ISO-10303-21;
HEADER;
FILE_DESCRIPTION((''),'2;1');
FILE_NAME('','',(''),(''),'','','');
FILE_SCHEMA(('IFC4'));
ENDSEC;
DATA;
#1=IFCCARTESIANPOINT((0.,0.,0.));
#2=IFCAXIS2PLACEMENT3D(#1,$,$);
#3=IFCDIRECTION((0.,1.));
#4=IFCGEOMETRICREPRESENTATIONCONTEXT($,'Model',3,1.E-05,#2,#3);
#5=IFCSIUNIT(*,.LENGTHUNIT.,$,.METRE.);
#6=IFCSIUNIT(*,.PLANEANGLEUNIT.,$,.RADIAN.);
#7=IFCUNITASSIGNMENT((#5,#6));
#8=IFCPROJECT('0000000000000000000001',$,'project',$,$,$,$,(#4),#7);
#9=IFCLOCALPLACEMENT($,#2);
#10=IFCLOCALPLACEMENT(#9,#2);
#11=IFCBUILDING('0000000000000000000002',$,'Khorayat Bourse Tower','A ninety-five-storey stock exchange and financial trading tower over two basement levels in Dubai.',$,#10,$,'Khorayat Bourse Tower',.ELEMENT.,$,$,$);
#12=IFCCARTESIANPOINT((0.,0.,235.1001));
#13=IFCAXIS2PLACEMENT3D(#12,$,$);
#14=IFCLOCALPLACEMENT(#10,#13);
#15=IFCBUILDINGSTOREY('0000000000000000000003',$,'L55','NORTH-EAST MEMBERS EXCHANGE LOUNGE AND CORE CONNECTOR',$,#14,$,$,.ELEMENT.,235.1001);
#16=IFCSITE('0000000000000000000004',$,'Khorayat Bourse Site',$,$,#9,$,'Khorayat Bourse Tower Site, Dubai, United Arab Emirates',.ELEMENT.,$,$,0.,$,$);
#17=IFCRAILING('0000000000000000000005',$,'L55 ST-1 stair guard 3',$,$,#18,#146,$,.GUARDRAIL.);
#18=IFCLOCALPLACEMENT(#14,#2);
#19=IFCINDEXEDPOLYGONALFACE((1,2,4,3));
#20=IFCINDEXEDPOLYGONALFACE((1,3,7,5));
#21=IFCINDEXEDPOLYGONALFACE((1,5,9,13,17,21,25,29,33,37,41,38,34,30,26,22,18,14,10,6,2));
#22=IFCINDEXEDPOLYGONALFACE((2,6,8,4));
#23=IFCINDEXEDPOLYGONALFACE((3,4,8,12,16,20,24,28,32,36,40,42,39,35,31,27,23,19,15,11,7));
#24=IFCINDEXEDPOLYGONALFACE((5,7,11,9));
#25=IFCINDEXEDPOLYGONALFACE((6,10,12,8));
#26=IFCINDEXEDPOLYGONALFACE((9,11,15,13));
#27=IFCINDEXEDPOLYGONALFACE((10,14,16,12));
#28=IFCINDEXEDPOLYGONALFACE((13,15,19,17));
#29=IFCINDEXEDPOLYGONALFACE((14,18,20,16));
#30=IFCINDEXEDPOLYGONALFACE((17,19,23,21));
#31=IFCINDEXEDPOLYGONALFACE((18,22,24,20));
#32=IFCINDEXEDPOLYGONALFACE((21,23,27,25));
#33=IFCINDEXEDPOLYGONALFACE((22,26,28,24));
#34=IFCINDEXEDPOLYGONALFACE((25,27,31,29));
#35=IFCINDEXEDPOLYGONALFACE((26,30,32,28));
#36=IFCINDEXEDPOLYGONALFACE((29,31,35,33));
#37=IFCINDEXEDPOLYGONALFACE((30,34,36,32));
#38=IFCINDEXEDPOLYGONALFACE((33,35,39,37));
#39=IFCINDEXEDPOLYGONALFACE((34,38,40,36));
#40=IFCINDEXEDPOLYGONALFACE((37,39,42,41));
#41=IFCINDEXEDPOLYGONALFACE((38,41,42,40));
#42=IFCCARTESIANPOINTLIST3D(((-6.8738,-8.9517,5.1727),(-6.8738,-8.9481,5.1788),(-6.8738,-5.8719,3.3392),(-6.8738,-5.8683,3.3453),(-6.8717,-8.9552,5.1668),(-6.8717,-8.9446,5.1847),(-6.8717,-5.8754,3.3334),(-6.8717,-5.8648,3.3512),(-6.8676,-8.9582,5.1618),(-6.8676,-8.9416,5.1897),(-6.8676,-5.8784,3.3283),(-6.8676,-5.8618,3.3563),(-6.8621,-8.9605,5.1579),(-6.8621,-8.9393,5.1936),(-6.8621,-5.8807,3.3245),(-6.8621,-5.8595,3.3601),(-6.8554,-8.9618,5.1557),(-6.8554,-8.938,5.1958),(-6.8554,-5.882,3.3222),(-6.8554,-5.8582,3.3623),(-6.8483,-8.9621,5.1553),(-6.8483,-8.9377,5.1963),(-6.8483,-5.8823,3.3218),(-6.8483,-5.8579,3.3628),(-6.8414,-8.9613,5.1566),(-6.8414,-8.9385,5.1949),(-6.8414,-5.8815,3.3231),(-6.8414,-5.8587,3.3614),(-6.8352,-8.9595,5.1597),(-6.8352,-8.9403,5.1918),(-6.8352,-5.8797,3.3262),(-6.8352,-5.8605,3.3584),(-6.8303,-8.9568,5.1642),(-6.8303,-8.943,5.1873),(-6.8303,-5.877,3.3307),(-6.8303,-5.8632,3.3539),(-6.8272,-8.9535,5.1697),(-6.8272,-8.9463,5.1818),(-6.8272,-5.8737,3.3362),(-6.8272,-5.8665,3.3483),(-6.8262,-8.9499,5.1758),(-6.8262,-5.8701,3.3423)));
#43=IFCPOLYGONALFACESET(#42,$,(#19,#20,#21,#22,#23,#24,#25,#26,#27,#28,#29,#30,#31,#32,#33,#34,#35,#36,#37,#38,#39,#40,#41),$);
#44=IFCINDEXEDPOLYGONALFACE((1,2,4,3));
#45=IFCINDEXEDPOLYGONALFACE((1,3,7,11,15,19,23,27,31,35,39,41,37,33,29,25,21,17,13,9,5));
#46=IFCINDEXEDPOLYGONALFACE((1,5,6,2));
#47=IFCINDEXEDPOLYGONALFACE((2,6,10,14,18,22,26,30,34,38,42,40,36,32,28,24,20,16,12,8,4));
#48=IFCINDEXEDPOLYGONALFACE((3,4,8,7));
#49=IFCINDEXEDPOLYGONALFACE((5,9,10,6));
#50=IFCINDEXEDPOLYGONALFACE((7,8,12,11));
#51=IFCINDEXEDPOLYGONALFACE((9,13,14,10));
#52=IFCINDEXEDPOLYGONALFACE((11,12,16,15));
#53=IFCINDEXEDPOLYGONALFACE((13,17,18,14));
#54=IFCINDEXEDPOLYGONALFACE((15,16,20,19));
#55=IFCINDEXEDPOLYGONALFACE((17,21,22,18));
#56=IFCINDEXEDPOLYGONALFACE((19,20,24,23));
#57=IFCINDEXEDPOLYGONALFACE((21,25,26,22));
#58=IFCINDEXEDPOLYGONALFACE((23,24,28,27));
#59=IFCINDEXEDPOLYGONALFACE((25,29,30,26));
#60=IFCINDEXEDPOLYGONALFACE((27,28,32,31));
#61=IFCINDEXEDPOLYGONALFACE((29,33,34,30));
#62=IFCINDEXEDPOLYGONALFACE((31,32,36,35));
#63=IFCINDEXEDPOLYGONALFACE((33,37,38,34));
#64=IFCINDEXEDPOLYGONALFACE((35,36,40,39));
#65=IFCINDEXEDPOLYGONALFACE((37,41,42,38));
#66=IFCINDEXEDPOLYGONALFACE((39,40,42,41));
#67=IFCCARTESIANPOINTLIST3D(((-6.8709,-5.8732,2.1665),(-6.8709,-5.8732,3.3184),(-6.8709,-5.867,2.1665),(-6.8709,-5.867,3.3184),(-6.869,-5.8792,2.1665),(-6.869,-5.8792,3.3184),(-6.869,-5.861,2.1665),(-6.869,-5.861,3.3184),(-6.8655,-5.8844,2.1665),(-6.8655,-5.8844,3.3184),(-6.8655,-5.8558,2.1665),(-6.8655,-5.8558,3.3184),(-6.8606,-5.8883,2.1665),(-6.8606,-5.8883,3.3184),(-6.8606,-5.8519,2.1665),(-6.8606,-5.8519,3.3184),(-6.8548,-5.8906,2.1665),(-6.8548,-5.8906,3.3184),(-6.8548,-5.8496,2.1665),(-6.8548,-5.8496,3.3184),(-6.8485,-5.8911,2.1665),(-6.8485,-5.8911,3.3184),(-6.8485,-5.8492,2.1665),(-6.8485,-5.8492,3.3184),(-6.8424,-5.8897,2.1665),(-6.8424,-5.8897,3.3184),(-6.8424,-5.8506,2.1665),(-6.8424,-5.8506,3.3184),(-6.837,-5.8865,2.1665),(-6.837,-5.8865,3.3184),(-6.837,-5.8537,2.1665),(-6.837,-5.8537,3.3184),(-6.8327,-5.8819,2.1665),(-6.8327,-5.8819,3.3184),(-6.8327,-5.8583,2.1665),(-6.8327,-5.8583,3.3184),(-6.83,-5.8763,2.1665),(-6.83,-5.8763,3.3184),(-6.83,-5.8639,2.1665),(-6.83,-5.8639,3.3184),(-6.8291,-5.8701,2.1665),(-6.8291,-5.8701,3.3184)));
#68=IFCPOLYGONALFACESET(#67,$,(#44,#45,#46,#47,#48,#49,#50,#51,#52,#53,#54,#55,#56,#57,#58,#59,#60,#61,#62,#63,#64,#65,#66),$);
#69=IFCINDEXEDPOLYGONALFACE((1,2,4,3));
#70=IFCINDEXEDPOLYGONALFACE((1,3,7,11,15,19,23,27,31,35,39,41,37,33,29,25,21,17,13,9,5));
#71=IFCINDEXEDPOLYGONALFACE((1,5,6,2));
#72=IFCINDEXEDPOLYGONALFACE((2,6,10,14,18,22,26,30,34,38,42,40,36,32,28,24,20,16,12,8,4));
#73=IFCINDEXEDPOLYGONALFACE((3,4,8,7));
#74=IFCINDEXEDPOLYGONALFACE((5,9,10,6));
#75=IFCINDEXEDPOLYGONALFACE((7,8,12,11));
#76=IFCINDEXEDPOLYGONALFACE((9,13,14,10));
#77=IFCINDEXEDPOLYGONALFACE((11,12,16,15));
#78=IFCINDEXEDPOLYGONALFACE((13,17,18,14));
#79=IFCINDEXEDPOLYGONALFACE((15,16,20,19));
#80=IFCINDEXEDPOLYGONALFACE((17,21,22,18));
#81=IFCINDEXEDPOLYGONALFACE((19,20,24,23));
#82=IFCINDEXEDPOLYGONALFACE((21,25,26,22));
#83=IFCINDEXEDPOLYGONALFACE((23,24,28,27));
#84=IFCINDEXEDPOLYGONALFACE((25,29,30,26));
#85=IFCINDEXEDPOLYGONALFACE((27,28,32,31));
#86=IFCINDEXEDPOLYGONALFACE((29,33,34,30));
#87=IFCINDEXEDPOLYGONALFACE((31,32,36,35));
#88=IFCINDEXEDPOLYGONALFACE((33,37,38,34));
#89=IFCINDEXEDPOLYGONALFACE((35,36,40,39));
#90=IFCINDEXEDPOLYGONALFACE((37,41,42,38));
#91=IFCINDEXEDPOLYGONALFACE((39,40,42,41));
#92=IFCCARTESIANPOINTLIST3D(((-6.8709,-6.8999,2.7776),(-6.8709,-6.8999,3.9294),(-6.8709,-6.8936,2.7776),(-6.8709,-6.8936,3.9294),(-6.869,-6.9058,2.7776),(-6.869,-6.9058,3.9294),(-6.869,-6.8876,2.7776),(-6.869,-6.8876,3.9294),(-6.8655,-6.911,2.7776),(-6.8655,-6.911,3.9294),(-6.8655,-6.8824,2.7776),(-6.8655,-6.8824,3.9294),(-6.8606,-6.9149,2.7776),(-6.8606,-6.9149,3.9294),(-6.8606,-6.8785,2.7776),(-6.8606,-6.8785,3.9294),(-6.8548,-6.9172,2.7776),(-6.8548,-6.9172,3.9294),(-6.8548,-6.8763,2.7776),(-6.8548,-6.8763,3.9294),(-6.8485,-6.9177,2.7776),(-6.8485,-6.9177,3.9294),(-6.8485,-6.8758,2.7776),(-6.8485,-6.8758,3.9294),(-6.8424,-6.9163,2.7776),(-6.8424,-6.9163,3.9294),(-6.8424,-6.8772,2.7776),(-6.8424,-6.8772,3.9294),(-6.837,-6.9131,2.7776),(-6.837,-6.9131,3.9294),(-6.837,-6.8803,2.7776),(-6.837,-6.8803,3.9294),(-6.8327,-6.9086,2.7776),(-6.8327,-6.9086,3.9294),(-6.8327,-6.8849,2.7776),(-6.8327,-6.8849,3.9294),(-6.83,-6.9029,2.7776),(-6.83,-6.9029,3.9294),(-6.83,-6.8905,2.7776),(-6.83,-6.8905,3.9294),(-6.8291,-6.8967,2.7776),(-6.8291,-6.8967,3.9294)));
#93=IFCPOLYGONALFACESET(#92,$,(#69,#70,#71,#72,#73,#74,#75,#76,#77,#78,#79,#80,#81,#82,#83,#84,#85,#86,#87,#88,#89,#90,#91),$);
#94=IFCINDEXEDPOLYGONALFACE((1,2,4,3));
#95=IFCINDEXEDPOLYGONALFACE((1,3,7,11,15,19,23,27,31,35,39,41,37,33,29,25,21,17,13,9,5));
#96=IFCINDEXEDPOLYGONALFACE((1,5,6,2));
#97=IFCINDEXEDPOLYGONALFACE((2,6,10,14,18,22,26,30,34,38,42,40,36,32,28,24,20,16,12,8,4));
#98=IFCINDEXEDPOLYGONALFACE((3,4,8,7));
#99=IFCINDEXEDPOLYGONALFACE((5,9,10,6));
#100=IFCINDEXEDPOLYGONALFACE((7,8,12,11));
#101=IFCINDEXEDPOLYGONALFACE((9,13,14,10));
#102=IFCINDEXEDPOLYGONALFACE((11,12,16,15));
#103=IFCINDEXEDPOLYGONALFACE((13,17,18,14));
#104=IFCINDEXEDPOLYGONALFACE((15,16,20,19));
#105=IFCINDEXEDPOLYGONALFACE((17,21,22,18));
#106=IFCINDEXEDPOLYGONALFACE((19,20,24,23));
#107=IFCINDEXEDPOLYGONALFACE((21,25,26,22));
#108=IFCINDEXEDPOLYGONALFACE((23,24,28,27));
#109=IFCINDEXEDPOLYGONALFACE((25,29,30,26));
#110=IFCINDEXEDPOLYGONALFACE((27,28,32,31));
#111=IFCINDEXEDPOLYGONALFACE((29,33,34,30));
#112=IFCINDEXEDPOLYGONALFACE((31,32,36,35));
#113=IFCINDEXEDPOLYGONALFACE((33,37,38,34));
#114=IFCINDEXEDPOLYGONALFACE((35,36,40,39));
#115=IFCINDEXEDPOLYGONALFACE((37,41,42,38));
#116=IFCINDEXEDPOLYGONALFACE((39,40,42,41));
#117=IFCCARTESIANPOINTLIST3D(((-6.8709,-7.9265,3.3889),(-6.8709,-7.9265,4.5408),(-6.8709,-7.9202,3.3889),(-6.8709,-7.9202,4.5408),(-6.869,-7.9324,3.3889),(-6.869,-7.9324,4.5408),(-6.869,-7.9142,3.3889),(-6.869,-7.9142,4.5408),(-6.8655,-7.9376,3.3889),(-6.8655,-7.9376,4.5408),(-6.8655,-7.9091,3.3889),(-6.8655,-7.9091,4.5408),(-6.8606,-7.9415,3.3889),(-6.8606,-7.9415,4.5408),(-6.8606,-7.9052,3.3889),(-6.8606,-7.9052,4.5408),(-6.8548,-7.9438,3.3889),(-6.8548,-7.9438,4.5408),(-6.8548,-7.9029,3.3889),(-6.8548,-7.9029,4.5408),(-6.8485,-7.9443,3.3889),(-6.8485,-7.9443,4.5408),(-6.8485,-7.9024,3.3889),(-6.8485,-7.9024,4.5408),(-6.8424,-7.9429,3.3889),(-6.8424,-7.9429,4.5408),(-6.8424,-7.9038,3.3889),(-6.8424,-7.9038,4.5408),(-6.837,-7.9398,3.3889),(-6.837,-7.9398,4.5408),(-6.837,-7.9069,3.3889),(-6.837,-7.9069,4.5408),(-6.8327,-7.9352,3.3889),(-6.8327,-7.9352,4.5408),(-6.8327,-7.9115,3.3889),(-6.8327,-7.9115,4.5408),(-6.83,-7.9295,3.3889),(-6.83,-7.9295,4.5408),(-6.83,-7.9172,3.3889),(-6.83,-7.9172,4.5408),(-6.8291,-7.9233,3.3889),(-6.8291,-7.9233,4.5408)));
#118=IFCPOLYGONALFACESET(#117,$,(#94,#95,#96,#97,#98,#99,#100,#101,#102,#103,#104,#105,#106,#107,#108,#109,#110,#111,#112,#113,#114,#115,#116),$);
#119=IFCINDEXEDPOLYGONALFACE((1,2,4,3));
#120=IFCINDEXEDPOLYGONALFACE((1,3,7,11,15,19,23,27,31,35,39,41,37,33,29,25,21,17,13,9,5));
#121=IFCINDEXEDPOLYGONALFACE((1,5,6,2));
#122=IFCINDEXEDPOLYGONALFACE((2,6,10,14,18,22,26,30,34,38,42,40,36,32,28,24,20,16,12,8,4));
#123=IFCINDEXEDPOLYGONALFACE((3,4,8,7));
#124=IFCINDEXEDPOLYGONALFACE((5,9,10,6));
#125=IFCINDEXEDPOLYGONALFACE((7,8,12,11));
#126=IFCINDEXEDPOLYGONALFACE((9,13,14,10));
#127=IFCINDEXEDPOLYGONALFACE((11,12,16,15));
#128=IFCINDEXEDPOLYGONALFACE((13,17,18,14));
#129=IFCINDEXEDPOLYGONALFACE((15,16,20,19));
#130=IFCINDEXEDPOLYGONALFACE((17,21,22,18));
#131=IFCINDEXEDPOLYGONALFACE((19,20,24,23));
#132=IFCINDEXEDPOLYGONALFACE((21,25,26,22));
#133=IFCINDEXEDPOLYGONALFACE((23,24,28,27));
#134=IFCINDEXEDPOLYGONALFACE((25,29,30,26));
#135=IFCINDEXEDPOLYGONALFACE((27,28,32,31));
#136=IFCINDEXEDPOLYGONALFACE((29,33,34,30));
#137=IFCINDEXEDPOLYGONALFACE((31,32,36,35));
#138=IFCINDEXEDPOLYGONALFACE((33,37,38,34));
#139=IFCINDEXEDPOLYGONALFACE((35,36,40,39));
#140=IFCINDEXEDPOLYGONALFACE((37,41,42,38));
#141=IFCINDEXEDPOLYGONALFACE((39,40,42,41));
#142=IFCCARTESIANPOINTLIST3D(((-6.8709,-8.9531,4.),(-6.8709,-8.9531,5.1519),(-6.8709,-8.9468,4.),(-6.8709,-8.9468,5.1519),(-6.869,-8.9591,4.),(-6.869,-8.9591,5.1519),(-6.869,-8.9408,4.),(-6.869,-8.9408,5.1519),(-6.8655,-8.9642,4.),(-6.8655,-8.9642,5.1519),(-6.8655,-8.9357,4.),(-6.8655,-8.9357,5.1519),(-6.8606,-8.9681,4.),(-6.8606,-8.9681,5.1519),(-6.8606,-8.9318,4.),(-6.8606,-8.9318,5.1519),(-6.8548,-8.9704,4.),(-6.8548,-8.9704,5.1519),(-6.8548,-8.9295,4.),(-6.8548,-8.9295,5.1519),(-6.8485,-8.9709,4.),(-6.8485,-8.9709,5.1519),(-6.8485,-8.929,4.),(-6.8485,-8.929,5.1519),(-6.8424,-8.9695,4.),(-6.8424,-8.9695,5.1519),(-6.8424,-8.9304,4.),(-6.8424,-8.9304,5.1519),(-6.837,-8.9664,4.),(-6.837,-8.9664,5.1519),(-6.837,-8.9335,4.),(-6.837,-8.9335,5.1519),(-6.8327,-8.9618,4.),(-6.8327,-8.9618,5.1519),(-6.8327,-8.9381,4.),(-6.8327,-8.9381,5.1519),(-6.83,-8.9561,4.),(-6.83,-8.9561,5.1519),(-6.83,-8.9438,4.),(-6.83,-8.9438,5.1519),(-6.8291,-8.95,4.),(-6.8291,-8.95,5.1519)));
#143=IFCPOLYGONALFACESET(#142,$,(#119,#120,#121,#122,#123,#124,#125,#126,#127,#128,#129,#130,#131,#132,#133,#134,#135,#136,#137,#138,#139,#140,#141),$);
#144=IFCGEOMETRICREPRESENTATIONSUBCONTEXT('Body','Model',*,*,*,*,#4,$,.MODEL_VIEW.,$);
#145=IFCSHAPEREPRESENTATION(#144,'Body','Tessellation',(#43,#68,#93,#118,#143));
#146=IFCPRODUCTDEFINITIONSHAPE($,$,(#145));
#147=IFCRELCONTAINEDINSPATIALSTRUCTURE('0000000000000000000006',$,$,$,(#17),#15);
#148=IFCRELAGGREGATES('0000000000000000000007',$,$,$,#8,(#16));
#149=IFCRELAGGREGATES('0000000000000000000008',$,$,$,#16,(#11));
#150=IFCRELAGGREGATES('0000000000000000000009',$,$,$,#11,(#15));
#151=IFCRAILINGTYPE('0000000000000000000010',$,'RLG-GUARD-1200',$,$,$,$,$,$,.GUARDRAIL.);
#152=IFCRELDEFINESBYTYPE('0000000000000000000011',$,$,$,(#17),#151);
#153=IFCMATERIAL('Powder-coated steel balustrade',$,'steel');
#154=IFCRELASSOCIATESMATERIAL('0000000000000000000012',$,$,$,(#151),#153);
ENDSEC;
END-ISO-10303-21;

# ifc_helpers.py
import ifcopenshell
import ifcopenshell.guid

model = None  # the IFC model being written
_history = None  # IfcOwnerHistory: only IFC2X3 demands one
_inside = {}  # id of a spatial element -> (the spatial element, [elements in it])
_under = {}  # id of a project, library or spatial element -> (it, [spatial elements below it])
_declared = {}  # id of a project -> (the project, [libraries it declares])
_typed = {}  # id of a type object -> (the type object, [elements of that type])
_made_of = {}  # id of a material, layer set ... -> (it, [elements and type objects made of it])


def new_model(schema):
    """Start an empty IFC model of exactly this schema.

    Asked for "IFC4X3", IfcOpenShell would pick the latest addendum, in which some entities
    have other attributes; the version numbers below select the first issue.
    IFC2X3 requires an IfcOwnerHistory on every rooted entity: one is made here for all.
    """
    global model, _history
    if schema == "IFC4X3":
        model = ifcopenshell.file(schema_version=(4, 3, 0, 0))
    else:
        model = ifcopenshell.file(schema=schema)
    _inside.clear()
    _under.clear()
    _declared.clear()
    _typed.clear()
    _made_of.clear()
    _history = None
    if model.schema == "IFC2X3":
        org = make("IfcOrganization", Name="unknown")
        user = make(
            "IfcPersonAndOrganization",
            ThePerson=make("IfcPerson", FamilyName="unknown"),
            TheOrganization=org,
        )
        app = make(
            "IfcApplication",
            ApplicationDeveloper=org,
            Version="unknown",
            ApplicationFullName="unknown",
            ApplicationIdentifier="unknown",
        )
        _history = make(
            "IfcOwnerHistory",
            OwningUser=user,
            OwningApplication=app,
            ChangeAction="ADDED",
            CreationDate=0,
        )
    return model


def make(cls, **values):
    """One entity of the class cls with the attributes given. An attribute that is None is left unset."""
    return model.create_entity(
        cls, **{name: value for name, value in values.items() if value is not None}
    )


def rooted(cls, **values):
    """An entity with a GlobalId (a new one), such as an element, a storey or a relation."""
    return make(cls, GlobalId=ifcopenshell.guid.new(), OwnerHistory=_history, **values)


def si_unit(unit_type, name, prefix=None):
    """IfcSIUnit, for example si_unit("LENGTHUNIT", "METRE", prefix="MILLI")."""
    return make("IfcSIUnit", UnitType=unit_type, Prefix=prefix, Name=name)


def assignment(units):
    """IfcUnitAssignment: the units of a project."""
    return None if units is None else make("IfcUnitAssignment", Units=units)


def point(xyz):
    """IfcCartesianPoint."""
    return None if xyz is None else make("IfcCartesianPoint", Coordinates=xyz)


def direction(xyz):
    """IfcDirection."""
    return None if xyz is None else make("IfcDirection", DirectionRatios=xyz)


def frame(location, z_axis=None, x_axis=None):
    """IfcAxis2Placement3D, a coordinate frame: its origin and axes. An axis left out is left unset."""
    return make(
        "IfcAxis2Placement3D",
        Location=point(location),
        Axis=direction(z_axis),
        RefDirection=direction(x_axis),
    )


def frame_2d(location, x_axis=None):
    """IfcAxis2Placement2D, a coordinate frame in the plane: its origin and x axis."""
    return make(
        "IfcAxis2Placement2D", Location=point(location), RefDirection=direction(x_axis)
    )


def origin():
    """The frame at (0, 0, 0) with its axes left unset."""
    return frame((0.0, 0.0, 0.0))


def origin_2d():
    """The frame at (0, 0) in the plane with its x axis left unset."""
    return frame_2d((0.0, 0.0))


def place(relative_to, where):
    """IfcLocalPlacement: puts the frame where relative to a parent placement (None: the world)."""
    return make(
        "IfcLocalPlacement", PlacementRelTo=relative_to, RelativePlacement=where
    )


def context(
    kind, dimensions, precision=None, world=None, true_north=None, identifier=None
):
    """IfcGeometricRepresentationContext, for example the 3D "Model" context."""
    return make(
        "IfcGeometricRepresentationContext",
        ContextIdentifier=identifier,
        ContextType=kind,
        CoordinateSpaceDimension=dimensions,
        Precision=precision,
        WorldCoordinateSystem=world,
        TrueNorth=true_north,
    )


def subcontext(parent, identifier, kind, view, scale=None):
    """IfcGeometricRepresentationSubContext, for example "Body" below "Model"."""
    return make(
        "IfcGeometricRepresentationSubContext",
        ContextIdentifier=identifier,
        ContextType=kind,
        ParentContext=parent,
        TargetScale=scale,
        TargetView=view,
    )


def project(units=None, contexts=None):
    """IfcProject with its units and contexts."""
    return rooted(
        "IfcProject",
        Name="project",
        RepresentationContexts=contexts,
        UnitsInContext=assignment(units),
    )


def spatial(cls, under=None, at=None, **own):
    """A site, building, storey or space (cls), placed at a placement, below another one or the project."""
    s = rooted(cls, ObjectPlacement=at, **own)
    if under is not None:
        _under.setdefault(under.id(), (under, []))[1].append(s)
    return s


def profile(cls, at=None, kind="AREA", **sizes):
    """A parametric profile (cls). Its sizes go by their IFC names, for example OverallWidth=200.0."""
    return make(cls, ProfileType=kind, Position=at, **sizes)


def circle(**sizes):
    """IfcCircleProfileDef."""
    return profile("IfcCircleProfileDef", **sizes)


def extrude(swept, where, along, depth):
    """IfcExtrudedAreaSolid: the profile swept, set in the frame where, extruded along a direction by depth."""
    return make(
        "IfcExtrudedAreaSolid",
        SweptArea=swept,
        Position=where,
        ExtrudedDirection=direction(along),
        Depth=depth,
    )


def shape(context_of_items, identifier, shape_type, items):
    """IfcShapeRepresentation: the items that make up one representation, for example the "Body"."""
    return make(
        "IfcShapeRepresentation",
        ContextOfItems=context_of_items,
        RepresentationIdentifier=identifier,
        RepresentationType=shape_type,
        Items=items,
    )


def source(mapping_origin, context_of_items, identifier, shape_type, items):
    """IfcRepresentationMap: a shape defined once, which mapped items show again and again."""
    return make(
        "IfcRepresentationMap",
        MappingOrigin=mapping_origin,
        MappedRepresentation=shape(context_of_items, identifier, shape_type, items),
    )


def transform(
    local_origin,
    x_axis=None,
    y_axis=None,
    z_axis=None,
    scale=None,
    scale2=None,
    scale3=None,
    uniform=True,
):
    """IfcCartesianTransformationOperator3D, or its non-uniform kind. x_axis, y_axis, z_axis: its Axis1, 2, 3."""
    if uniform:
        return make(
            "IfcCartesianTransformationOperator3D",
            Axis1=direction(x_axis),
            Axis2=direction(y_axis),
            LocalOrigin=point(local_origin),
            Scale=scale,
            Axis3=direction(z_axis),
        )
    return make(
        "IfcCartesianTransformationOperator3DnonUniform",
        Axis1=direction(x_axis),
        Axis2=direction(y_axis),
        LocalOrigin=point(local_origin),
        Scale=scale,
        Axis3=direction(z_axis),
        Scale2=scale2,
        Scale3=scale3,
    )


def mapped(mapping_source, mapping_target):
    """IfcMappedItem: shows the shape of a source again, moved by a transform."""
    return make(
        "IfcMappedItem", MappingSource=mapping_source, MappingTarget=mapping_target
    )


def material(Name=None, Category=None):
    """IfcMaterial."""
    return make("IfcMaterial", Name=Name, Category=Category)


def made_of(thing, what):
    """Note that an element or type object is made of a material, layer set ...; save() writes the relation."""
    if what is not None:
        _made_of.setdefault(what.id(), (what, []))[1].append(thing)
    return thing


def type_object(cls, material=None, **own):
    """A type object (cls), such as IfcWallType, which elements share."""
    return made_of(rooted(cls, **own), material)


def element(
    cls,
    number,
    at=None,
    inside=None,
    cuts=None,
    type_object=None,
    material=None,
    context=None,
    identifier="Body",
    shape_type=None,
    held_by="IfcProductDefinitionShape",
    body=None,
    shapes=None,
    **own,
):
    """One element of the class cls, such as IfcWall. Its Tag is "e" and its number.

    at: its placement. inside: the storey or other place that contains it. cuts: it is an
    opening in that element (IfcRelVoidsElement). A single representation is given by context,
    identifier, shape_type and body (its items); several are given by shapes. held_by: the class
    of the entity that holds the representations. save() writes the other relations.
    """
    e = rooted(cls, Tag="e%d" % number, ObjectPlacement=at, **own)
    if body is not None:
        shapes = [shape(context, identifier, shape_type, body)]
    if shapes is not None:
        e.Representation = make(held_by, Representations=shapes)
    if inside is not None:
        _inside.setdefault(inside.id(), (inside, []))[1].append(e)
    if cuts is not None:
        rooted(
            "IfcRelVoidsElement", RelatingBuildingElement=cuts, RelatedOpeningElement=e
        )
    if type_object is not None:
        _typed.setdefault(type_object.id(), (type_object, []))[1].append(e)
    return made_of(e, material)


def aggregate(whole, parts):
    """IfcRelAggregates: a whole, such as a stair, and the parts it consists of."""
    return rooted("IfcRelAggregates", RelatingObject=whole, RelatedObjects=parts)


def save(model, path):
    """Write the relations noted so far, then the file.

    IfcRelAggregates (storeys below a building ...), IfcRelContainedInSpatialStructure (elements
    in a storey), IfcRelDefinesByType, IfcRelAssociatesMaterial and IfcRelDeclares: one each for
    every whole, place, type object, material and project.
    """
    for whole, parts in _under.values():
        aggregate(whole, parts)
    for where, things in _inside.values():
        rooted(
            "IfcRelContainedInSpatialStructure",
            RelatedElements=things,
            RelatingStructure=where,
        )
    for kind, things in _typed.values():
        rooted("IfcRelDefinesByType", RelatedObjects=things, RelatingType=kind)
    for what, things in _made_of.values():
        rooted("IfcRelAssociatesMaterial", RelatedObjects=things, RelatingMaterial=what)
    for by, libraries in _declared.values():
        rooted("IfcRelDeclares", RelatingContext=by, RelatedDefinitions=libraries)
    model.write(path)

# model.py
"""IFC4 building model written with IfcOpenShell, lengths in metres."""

from ifc_helpers import new_model, si_unit, direction, frame, origin, origin_2d, place, context, subcontext, project, spatial, circle, extrude, source, transform, mapped, material, type_object, element, save


model = new_model("IFC4")

# Units and contexts
model_context = context("Model", 3, precision=1e-05, world=origin(), true_north=direction((0.0, 1.0)))
body_context = subcontext(model_context, "Body", "Model", "MODEL_VIEW")
ifc_project = project(units=[si_unit("LENGTHUNIT", "METRE"), si_unit("PLANEANGLEUNIT", "RADIAN")], contexts=[model_context])

# Site, building, storey
site_placement = place(None, origin())
site = spatial("IfcSite", under=ifc_project, at=site_placement, Name="Khorayat Bourse Site", LongName="Khorayat Bourse Tower Site, Dubai, United Arab Emirates", CompositionType="ELEMENT", RefElevation=0.0)
building_placement = place(site_placement, origin())
building = spatial("IfcBuilding", under=site, at=building_placement, Name="Khorayat Bourse Tower", Description="A ninety-five-storey stock exchange and financial trading tower over two basement levels in Dubai.", LongName="Khorayat Bourse Tower", CompositionType="ELEMENT")
storey_placement = place(building_placement, frame((0.0, 0.0, 235.1001)))
storey = spatial("IfcBuildingStorey", under=building, at=storey_placement, Name="L55", Description="NORTH-EAST MEMBERS EXCHANGE LOUNGE AND CORE CONNECTOR", CompositionType="ELEMENT", Elevation=235.1001)

# Railing
ifc_material_1 = material(Name="Powder-coated steel balustrade", Category="steel")
railing_type_1 = type_object("IfcRailingType", Name="RLG-GUARD-1200", PredefinedType="GUARDRAIL", material=ifc_material_1)
shared_shape_1 = source(origin(), body_context, "Body", "SweptSolid", [
    extrude(circle(Radius=0.0239, at=origin_2d()), frame((0.0, 0.0, 1.1758), z_axis=(0.0, -0.859261, 0.511538), x_axis=(1.0, 0.0, 0.0)), (0.0, 0.0, 1.0), 3.5842),
    extrude(circle(Radius=0.021, at=origin_2d()), origin(), (0.0, 0.0, 1.0), 1.1519),
    extrude(circle(Radius=0.021, at=origin_2d()), frame((0.0, -1.0266, 0.6111)), (0.0, 0.0, 1.0), 1.1519),
    extrude(circle(Radius=0.021, at=origin_2d()), frame((0.0, -2.0532, 1.2224)), (0.0, 0.0, 1.0), 1.1519),
    extrude(circle(Radius=0.021, at=origin_2d()), frame((0.0, -3.0798, 1.8335)), (0.0, 0.0, 1.0), 1.1519),
])
railing_1_placement = place(storey_placement, frame((-6.8501, -5.8701, 2.1665)))
element("IfcRailing", 1, at=railing_1_placement, inside=storey, type_object=railing_type_1, Name="L55 ST-1 stair guard 3", PredefinedType="GUARDRAIL", context=body_context, shape_type="MappedRepresentation", body=[
    mapped(shared_shape_1, transform((0.0, 0.0, 0.0), scale=1.0)),
])

save(model, "model.ifc")
